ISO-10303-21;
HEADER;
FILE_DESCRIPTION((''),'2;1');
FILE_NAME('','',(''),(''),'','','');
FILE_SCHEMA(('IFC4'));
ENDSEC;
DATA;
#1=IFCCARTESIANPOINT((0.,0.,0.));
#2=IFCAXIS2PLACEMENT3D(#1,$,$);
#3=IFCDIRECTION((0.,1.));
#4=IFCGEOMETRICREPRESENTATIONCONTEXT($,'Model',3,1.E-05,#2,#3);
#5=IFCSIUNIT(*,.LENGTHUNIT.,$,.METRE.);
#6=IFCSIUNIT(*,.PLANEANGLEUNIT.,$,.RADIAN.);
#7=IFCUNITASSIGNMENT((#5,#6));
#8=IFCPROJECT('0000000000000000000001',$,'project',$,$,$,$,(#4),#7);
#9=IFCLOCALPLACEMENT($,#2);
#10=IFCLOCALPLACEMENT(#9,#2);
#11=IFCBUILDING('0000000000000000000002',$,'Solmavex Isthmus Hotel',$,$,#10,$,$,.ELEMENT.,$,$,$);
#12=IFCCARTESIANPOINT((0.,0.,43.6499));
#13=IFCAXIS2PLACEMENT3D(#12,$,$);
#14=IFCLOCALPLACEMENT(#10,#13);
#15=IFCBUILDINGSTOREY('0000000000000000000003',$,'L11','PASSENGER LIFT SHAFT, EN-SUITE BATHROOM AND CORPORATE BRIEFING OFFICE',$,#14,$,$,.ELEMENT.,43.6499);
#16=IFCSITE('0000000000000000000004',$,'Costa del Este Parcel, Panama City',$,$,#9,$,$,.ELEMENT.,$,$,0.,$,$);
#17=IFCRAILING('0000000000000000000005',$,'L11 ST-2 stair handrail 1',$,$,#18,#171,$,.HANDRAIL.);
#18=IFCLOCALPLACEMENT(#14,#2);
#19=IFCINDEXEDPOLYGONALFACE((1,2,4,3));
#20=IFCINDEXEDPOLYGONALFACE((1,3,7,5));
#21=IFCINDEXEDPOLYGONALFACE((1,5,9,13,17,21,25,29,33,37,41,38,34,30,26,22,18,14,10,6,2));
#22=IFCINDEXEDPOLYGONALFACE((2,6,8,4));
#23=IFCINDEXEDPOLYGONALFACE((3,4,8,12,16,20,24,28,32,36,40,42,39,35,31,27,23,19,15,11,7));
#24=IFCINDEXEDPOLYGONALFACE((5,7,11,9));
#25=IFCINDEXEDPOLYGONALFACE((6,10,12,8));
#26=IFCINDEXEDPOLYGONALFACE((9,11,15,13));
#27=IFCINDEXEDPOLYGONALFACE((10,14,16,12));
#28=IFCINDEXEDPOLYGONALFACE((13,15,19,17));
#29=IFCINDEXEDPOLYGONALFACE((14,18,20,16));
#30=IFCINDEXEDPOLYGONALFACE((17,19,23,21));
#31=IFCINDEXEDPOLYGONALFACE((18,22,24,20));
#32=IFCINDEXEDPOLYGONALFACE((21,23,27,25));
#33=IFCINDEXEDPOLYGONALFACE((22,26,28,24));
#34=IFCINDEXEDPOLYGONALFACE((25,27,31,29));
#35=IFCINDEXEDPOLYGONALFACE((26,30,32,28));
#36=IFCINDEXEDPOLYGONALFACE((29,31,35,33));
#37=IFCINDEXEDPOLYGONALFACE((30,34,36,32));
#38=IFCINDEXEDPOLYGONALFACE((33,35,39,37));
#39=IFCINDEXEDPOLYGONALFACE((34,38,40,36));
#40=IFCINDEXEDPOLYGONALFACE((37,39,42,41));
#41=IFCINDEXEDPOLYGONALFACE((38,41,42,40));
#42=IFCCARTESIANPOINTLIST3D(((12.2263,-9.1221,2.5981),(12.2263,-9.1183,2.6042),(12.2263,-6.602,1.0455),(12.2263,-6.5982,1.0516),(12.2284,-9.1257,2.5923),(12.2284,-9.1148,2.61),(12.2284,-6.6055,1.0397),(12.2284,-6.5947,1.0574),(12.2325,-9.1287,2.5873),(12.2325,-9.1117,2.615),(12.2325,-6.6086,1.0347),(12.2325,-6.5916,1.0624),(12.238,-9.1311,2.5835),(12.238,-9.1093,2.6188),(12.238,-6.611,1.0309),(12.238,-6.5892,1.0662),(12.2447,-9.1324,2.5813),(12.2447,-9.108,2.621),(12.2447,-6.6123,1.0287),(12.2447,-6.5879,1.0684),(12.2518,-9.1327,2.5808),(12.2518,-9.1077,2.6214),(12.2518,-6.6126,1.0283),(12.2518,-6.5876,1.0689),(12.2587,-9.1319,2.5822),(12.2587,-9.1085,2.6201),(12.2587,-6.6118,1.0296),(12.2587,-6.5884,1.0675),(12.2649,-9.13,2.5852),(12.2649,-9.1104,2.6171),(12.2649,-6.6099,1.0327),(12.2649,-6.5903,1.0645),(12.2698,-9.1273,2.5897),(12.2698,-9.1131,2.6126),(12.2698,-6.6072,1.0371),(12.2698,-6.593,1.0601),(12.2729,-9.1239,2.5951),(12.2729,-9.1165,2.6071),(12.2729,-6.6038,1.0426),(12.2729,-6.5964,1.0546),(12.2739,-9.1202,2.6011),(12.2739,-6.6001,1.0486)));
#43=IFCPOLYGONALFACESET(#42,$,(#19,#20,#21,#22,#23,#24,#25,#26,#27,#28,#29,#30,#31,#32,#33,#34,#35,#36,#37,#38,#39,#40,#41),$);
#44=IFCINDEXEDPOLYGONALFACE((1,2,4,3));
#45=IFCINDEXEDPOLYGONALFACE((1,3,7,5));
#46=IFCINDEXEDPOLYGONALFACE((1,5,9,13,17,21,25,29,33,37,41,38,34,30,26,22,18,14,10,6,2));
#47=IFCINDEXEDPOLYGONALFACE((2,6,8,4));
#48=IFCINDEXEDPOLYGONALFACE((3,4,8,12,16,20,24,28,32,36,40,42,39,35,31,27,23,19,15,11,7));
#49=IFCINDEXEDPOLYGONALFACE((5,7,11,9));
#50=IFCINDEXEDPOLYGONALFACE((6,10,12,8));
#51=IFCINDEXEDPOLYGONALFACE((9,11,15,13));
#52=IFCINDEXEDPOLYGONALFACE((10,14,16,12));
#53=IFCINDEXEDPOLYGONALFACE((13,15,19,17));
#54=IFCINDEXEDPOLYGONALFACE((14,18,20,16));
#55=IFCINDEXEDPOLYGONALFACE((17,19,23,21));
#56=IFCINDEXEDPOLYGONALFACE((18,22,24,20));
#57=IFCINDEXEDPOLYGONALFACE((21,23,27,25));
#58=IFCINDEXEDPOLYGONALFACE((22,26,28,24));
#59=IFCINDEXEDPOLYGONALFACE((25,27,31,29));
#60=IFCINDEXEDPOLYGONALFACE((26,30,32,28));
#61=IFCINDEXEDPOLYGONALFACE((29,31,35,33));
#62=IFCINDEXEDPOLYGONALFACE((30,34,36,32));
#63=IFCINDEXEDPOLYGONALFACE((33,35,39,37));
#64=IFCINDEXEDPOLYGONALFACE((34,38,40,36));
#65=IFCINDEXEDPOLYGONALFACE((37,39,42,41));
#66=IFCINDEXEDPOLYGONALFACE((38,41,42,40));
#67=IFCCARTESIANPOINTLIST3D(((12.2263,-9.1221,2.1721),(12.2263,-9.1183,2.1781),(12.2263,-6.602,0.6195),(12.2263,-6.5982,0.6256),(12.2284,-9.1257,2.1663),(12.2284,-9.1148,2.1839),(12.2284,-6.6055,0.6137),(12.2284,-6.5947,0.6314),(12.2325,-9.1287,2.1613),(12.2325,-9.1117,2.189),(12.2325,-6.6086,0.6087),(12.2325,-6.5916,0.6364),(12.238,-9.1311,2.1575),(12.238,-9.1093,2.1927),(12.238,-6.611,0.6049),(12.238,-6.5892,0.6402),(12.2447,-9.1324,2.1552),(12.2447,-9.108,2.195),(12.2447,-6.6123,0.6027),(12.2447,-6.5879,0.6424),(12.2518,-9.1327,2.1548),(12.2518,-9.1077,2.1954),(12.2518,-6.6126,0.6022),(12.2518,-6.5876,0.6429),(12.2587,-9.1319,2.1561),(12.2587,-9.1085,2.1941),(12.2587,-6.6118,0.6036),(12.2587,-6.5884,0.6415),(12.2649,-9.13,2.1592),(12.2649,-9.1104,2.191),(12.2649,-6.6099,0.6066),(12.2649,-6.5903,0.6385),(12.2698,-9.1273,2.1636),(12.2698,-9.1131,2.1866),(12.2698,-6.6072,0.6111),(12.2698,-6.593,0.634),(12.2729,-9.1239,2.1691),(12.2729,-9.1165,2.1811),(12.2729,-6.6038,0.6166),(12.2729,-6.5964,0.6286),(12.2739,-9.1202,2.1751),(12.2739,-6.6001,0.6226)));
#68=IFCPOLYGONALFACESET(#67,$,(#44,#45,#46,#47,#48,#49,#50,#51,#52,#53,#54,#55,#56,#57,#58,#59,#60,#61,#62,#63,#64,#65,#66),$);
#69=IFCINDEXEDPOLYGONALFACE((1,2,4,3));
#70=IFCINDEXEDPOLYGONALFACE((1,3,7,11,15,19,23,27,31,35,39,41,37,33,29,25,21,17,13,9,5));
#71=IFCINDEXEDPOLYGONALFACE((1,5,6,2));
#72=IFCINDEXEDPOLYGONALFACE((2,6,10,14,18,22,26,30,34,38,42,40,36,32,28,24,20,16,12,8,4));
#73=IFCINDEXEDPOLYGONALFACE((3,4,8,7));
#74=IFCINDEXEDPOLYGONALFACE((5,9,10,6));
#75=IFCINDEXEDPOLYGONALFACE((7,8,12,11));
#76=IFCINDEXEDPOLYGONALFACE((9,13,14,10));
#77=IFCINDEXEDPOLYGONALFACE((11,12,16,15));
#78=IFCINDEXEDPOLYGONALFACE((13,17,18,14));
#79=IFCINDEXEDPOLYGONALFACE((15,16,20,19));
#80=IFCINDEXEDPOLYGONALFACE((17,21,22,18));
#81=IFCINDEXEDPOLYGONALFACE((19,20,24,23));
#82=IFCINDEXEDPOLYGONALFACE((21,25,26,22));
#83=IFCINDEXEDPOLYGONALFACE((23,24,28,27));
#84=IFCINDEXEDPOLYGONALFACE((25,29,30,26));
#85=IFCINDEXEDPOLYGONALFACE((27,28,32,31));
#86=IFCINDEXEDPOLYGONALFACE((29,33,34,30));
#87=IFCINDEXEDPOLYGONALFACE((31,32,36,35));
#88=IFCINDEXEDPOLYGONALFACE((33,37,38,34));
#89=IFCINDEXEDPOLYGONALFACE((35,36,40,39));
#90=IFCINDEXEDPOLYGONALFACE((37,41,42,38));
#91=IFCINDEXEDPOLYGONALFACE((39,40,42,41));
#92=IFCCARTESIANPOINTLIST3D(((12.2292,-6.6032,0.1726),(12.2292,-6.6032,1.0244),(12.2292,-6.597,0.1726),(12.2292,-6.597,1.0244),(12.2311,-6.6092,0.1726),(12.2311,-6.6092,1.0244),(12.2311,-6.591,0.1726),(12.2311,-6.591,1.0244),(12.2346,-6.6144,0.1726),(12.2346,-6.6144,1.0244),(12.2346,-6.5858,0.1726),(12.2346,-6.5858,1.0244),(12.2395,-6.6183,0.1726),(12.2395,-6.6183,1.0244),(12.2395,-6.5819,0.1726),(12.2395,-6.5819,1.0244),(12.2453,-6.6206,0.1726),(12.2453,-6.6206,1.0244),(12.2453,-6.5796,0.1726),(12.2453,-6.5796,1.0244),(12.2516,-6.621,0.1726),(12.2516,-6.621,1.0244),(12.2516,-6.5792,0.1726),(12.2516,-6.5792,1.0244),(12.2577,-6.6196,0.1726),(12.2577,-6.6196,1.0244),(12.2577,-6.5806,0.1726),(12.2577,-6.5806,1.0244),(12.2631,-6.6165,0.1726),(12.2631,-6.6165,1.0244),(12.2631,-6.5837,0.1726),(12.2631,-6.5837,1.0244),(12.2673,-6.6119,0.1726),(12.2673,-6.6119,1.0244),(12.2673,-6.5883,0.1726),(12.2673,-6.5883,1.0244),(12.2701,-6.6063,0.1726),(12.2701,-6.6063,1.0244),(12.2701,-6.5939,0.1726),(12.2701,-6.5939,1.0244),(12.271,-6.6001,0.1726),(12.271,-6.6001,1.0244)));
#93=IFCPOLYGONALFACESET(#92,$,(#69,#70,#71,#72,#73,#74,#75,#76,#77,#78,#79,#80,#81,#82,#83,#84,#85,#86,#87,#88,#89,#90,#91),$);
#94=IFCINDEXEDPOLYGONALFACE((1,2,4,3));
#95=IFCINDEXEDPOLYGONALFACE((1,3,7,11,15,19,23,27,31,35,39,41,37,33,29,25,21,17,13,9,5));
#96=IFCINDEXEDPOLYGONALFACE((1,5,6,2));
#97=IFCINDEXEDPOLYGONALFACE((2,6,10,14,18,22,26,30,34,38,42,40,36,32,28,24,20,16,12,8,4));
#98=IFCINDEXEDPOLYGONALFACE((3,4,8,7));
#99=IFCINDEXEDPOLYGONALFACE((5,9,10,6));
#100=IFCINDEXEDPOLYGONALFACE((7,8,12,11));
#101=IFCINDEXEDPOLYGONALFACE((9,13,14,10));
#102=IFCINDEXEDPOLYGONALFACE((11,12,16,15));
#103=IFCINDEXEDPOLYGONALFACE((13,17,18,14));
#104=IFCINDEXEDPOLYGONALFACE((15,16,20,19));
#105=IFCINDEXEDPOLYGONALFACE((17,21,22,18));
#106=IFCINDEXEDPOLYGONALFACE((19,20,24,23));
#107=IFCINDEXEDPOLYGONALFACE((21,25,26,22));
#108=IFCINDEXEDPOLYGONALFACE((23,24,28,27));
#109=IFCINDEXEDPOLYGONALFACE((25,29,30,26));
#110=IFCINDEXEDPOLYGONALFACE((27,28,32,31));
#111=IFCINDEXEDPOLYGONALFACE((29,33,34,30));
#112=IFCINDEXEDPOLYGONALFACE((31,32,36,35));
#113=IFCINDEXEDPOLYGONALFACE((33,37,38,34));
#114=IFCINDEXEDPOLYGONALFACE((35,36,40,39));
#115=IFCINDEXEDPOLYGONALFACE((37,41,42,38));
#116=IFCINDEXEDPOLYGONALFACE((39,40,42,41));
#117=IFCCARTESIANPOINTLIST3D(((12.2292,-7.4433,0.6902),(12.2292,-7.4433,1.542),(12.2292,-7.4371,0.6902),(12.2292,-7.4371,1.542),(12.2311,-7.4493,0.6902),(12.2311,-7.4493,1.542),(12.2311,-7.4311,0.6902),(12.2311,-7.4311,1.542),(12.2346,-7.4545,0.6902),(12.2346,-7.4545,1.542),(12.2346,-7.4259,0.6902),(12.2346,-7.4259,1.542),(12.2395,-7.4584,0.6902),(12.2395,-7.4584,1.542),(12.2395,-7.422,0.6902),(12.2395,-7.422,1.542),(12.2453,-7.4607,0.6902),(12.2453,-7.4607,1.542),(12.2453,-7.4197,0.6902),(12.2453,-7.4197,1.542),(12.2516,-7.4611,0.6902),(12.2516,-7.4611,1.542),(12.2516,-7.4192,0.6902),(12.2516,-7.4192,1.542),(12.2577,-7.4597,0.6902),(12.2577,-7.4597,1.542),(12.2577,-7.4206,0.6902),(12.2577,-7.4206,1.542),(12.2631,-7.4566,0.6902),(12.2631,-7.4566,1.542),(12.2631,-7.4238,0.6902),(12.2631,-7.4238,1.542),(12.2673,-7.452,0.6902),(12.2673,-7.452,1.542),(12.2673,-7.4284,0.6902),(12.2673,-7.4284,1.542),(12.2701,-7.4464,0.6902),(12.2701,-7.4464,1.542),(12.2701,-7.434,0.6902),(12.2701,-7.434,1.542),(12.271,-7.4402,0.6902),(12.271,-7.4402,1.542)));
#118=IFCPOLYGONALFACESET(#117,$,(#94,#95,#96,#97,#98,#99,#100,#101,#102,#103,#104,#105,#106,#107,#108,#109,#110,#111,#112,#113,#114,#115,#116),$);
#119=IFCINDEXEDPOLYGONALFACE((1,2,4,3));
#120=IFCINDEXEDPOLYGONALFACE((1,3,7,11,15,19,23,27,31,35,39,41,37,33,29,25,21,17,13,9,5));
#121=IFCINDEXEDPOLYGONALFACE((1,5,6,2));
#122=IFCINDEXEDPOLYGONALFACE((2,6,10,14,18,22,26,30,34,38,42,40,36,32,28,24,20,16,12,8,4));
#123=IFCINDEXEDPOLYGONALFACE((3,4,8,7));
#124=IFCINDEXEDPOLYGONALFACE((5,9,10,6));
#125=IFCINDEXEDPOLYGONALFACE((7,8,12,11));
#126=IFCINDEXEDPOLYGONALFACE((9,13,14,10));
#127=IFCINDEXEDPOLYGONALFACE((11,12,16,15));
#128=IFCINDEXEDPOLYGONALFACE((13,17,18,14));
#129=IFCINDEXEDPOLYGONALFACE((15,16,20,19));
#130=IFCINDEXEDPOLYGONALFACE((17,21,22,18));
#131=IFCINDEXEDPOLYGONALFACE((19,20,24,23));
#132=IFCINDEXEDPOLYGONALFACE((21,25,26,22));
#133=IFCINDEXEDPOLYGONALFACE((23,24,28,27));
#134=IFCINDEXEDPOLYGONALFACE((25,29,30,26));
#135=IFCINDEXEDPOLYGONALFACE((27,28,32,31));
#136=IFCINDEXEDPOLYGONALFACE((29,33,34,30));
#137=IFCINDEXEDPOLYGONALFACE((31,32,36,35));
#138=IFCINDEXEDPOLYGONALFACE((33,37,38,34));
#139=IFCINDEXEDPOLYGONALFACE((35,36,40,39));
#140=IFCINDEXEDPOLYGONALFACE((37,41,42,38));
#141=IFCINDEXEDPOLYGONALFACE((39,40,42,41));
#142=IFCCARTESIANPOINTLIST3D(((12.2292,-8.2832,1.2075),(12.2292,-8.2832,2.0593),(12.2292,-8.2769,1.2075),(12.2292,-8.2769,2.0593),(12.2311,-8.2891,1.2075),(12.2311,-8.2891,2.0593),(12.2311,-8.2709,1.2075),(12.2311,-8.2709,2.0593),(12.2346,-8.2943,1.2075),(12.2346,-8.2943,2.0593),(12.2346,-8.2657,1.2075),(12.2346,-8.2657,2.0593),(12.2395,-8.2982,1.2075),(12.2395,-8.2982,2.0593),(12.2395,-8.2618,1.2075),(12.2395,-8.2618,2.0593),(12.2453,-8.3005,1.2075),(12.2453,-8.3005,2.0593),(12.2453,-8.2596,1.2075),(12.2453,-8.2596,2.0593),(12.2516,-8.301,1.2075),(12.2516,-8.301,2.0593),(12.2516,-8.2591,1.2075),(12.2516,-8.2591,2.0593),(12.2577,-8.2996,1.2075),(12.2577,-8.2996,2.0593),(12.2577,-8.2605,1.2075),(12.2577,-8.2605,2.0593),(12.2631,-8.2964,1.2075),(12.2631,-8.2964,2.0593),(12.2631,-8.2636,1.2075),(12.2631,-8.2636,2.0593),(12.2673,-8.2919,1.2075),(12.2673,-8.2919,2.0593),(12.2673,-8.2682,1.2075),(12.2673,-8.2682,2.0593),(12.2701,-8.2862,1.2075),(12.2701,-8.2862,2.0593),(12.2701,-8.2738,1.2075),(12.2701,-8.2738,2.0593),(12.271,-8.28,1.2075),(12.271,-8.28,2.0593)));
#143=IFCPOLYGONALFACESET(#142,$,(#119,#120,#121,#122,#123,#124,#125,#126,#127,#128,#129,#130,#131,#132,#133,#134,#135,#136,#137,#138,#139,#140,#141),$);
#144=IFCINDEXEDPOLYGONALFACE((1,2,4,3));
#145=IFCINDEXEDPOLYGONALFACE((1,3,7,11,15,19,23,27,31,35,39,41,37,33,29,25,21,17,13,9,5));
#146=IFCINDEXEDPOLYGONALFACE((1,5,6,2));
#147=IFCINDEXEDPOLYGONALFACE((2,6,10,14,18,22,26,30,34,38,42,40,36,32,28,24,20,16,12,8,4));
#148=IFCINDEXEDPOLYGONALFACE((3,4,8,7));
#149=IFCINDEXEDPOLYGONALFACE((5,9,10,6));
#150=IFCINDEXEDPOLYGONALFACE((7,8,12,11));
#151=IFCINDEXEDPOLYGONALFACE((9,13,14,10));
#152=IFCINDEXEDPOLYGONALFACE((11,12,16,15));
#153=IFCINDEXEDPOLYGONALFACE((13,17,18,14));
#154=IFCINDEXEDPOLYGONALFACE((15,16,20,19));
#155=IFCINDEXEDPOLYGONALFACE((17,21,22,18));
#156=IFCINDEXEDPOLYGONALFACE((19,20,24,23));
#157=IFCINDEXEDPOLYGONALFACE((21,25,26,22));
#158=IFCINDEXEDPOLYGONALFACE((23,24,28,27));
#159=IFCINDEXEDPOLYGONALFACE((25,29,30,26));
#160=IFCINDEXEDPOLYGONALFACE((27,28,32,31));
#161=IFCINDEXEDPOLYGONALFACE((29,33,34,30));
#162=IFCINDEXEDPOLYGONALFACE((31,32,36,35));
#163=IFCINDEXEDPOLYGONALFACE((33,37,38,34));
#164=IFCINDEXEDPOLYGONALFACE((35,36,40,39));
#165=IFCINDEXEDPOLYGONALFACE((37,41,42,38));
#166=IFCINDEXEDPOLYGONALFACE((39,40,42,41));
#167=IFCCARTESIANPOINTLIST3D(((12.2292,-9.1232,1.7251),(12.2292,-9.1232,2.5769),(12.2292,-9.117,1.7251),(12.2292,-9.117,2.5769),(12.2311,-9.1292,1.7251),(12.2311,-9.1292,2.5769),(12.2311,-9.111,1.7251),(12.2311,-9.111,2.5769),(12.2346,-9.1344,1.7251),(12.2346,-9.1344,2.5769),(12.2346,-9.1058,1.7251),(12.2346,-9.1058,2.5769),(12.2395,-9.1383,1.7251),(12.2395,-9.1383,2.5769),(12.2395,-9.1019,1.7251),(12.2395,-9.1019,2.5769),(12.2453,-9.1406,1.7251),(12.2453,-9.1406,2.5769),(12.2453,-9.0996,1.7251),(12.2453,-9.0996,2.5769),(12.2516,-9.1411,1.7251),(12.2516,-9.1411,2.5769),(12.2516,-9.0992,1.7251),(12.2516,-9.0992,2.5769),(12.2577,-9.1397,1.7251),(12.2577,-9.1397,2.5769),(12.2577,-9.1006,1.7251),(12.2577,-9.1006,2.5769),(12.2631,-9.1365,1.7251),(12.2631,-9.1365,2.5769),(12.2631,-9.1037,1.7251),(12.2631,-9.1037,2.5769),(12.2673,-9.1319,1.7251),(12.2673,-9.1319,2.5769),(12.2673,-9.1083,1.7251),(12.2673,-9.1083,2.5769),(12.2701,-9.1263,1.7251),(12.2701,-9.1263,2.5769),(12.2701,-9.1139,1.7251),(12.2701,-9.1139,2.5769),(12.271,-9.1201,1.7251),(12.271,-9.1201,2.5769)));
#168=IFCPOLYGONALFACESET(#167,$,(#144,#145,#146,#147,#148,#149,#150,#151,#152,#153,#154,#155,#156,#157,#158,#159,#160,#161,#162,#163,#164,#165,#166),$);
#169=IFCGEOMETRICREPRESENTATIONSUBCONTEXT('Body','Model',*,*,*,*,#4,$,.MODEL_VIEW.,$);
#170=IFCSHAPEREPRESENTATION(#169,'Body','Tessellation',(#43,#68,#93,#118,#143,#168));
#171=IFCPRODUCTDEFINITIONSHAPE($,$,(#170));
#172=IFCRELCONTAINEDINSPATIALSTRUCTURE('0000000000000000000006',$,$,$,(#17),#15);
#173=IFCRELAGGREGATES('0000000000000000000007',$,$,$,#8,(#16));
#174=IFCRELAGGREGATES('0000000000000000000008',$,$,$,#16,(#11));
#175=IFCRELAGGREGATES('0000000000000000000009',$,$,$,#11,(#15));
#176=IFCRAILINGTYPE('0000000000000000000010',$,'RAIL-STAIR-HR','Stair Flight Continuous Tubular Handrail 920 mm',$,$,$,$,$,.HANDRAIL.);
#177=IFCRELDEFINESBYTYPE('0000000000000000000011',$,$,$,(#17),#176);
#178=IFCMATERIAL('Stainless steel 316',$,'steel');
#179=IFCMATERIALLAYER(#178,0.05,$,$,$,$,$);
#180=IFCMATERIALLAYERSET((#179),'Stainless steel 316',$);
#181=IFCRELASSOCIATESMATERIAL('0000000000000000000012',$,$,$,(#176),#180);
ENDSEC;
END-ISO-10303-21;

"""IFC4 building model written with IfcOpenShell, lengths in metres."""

from ifc_helpers import new_model, si_unit, direction, frame, origin, origin_2d, place, context, subcontext, project, spatial, circle, extrude, material, layer, layer_set, type_object, element, save


model = new_model("IFC4")

# Units and contexts
model_context = context("Model", 3, precision=1e-05, world=origin(), true_north=direction((0.0, 1.0)))
body_context = subcontext(model_context, "Body", "Model", "MODEL_VIEW")
ifc_project = project(units=[si_unit("LENGTHUNIT", "METRE"), si_unit("PLANEANGLEUNIT", "RADIAN")], contexts=[model_context])

# Site, building, storey
site_placement = place(None, origin())
site = spatial("IfcSite", under=ifc_project, at=site_placement, Name="Costa del Este Parcel, Panama City", CompositionType="ELEMENT", RefElevation=0.0)
building_placement = place(site_placement, origin())
building = spatial("IfcBuilding", under=site, at=building_placement, Name="Solmavex Isthmus Hotel", CompositionType="ELEMENT")
storey_placement = place(building_placement, frame((0.0, 0.0, 43.6499)))
storey = spatial("IfcBuildingStorey", under=building, at=storey_placement, Name="L11", Description="PASSENGER LIFT SHAFT, EN-SUITE BATHROOM AND CORPORATE BRIEFING OFFICE", CompositionType="ELEMENT", Elevation=43.6499)

# Railing
ifc_material_1 = material(Name="Stainless steel 316", Category="steel")
ifc_layer_1 = layer(ifc_material_1, 0.05)
ifc_layer_set_1 = layer_set([ifc_layer_1], Name="Stainless steel 316")
railing_type_1 = type_object("IfcRailingType", Name="RAIL-STAIR-HR", Description="Stair Flight Continuous Tubular Handrail 920 mm", PredefinedType="HANDRAIL", material=ifc_layer_set_1)
railing_1_placement = place(storey_placement, frame((12.25, -6.6001, 0.1726)))
element("IfcRailing", 1, at=railing_1_placement, inside=storey, type_object=railing_type_1, Name="L11 ST-2 stair handrail 1", PredefinedType="HANDRAIL", context=body_context, shape_type="SweptSolid", body=[
    extrude(circle(Radius=0.0239, at=origin_2d()), frame((0.0, 0.0, 0.876), z_axis=(0.0, -0.8514, 0.524516), x_axis=(1.0, 0.0, 0.0)), (0.0, 0.0, 1.0), 2.96),
    extrude(circle(Radius=0.0239, at=origin_2d()), frame((0.0, 0.0, 0.45), z_axis=(0.0, -0.8514, 0.524516), x_axis=(1.0, 0.0, 0.0)), (0.0, 0.0, 1.0), 2.96),
    extrude(circle(Radius=0.021, at=origin_2d()), origin(), (0.0, 0.0, 1.0), 0.8518),
    extrude(circle(Radius=0.021, at=origin_2d()), frame((0.0, -0.8401, 0.5176)), (0.0, 0.0, 1.0), 0.8518),
    extrude(circle(Radius=0.021, at=origin_2d()), frame((0.0, -1.6799, 1.0349)), (0.0, 0.0, 1.0), 0.8518),
    extrude(circle(Radius=0.021, at=origin_2d()), frame((0.0, -2.52, 1.5525)), (0.0, 0.0, 1.0), 0.8518),
])

save(model, "model.ifc")
